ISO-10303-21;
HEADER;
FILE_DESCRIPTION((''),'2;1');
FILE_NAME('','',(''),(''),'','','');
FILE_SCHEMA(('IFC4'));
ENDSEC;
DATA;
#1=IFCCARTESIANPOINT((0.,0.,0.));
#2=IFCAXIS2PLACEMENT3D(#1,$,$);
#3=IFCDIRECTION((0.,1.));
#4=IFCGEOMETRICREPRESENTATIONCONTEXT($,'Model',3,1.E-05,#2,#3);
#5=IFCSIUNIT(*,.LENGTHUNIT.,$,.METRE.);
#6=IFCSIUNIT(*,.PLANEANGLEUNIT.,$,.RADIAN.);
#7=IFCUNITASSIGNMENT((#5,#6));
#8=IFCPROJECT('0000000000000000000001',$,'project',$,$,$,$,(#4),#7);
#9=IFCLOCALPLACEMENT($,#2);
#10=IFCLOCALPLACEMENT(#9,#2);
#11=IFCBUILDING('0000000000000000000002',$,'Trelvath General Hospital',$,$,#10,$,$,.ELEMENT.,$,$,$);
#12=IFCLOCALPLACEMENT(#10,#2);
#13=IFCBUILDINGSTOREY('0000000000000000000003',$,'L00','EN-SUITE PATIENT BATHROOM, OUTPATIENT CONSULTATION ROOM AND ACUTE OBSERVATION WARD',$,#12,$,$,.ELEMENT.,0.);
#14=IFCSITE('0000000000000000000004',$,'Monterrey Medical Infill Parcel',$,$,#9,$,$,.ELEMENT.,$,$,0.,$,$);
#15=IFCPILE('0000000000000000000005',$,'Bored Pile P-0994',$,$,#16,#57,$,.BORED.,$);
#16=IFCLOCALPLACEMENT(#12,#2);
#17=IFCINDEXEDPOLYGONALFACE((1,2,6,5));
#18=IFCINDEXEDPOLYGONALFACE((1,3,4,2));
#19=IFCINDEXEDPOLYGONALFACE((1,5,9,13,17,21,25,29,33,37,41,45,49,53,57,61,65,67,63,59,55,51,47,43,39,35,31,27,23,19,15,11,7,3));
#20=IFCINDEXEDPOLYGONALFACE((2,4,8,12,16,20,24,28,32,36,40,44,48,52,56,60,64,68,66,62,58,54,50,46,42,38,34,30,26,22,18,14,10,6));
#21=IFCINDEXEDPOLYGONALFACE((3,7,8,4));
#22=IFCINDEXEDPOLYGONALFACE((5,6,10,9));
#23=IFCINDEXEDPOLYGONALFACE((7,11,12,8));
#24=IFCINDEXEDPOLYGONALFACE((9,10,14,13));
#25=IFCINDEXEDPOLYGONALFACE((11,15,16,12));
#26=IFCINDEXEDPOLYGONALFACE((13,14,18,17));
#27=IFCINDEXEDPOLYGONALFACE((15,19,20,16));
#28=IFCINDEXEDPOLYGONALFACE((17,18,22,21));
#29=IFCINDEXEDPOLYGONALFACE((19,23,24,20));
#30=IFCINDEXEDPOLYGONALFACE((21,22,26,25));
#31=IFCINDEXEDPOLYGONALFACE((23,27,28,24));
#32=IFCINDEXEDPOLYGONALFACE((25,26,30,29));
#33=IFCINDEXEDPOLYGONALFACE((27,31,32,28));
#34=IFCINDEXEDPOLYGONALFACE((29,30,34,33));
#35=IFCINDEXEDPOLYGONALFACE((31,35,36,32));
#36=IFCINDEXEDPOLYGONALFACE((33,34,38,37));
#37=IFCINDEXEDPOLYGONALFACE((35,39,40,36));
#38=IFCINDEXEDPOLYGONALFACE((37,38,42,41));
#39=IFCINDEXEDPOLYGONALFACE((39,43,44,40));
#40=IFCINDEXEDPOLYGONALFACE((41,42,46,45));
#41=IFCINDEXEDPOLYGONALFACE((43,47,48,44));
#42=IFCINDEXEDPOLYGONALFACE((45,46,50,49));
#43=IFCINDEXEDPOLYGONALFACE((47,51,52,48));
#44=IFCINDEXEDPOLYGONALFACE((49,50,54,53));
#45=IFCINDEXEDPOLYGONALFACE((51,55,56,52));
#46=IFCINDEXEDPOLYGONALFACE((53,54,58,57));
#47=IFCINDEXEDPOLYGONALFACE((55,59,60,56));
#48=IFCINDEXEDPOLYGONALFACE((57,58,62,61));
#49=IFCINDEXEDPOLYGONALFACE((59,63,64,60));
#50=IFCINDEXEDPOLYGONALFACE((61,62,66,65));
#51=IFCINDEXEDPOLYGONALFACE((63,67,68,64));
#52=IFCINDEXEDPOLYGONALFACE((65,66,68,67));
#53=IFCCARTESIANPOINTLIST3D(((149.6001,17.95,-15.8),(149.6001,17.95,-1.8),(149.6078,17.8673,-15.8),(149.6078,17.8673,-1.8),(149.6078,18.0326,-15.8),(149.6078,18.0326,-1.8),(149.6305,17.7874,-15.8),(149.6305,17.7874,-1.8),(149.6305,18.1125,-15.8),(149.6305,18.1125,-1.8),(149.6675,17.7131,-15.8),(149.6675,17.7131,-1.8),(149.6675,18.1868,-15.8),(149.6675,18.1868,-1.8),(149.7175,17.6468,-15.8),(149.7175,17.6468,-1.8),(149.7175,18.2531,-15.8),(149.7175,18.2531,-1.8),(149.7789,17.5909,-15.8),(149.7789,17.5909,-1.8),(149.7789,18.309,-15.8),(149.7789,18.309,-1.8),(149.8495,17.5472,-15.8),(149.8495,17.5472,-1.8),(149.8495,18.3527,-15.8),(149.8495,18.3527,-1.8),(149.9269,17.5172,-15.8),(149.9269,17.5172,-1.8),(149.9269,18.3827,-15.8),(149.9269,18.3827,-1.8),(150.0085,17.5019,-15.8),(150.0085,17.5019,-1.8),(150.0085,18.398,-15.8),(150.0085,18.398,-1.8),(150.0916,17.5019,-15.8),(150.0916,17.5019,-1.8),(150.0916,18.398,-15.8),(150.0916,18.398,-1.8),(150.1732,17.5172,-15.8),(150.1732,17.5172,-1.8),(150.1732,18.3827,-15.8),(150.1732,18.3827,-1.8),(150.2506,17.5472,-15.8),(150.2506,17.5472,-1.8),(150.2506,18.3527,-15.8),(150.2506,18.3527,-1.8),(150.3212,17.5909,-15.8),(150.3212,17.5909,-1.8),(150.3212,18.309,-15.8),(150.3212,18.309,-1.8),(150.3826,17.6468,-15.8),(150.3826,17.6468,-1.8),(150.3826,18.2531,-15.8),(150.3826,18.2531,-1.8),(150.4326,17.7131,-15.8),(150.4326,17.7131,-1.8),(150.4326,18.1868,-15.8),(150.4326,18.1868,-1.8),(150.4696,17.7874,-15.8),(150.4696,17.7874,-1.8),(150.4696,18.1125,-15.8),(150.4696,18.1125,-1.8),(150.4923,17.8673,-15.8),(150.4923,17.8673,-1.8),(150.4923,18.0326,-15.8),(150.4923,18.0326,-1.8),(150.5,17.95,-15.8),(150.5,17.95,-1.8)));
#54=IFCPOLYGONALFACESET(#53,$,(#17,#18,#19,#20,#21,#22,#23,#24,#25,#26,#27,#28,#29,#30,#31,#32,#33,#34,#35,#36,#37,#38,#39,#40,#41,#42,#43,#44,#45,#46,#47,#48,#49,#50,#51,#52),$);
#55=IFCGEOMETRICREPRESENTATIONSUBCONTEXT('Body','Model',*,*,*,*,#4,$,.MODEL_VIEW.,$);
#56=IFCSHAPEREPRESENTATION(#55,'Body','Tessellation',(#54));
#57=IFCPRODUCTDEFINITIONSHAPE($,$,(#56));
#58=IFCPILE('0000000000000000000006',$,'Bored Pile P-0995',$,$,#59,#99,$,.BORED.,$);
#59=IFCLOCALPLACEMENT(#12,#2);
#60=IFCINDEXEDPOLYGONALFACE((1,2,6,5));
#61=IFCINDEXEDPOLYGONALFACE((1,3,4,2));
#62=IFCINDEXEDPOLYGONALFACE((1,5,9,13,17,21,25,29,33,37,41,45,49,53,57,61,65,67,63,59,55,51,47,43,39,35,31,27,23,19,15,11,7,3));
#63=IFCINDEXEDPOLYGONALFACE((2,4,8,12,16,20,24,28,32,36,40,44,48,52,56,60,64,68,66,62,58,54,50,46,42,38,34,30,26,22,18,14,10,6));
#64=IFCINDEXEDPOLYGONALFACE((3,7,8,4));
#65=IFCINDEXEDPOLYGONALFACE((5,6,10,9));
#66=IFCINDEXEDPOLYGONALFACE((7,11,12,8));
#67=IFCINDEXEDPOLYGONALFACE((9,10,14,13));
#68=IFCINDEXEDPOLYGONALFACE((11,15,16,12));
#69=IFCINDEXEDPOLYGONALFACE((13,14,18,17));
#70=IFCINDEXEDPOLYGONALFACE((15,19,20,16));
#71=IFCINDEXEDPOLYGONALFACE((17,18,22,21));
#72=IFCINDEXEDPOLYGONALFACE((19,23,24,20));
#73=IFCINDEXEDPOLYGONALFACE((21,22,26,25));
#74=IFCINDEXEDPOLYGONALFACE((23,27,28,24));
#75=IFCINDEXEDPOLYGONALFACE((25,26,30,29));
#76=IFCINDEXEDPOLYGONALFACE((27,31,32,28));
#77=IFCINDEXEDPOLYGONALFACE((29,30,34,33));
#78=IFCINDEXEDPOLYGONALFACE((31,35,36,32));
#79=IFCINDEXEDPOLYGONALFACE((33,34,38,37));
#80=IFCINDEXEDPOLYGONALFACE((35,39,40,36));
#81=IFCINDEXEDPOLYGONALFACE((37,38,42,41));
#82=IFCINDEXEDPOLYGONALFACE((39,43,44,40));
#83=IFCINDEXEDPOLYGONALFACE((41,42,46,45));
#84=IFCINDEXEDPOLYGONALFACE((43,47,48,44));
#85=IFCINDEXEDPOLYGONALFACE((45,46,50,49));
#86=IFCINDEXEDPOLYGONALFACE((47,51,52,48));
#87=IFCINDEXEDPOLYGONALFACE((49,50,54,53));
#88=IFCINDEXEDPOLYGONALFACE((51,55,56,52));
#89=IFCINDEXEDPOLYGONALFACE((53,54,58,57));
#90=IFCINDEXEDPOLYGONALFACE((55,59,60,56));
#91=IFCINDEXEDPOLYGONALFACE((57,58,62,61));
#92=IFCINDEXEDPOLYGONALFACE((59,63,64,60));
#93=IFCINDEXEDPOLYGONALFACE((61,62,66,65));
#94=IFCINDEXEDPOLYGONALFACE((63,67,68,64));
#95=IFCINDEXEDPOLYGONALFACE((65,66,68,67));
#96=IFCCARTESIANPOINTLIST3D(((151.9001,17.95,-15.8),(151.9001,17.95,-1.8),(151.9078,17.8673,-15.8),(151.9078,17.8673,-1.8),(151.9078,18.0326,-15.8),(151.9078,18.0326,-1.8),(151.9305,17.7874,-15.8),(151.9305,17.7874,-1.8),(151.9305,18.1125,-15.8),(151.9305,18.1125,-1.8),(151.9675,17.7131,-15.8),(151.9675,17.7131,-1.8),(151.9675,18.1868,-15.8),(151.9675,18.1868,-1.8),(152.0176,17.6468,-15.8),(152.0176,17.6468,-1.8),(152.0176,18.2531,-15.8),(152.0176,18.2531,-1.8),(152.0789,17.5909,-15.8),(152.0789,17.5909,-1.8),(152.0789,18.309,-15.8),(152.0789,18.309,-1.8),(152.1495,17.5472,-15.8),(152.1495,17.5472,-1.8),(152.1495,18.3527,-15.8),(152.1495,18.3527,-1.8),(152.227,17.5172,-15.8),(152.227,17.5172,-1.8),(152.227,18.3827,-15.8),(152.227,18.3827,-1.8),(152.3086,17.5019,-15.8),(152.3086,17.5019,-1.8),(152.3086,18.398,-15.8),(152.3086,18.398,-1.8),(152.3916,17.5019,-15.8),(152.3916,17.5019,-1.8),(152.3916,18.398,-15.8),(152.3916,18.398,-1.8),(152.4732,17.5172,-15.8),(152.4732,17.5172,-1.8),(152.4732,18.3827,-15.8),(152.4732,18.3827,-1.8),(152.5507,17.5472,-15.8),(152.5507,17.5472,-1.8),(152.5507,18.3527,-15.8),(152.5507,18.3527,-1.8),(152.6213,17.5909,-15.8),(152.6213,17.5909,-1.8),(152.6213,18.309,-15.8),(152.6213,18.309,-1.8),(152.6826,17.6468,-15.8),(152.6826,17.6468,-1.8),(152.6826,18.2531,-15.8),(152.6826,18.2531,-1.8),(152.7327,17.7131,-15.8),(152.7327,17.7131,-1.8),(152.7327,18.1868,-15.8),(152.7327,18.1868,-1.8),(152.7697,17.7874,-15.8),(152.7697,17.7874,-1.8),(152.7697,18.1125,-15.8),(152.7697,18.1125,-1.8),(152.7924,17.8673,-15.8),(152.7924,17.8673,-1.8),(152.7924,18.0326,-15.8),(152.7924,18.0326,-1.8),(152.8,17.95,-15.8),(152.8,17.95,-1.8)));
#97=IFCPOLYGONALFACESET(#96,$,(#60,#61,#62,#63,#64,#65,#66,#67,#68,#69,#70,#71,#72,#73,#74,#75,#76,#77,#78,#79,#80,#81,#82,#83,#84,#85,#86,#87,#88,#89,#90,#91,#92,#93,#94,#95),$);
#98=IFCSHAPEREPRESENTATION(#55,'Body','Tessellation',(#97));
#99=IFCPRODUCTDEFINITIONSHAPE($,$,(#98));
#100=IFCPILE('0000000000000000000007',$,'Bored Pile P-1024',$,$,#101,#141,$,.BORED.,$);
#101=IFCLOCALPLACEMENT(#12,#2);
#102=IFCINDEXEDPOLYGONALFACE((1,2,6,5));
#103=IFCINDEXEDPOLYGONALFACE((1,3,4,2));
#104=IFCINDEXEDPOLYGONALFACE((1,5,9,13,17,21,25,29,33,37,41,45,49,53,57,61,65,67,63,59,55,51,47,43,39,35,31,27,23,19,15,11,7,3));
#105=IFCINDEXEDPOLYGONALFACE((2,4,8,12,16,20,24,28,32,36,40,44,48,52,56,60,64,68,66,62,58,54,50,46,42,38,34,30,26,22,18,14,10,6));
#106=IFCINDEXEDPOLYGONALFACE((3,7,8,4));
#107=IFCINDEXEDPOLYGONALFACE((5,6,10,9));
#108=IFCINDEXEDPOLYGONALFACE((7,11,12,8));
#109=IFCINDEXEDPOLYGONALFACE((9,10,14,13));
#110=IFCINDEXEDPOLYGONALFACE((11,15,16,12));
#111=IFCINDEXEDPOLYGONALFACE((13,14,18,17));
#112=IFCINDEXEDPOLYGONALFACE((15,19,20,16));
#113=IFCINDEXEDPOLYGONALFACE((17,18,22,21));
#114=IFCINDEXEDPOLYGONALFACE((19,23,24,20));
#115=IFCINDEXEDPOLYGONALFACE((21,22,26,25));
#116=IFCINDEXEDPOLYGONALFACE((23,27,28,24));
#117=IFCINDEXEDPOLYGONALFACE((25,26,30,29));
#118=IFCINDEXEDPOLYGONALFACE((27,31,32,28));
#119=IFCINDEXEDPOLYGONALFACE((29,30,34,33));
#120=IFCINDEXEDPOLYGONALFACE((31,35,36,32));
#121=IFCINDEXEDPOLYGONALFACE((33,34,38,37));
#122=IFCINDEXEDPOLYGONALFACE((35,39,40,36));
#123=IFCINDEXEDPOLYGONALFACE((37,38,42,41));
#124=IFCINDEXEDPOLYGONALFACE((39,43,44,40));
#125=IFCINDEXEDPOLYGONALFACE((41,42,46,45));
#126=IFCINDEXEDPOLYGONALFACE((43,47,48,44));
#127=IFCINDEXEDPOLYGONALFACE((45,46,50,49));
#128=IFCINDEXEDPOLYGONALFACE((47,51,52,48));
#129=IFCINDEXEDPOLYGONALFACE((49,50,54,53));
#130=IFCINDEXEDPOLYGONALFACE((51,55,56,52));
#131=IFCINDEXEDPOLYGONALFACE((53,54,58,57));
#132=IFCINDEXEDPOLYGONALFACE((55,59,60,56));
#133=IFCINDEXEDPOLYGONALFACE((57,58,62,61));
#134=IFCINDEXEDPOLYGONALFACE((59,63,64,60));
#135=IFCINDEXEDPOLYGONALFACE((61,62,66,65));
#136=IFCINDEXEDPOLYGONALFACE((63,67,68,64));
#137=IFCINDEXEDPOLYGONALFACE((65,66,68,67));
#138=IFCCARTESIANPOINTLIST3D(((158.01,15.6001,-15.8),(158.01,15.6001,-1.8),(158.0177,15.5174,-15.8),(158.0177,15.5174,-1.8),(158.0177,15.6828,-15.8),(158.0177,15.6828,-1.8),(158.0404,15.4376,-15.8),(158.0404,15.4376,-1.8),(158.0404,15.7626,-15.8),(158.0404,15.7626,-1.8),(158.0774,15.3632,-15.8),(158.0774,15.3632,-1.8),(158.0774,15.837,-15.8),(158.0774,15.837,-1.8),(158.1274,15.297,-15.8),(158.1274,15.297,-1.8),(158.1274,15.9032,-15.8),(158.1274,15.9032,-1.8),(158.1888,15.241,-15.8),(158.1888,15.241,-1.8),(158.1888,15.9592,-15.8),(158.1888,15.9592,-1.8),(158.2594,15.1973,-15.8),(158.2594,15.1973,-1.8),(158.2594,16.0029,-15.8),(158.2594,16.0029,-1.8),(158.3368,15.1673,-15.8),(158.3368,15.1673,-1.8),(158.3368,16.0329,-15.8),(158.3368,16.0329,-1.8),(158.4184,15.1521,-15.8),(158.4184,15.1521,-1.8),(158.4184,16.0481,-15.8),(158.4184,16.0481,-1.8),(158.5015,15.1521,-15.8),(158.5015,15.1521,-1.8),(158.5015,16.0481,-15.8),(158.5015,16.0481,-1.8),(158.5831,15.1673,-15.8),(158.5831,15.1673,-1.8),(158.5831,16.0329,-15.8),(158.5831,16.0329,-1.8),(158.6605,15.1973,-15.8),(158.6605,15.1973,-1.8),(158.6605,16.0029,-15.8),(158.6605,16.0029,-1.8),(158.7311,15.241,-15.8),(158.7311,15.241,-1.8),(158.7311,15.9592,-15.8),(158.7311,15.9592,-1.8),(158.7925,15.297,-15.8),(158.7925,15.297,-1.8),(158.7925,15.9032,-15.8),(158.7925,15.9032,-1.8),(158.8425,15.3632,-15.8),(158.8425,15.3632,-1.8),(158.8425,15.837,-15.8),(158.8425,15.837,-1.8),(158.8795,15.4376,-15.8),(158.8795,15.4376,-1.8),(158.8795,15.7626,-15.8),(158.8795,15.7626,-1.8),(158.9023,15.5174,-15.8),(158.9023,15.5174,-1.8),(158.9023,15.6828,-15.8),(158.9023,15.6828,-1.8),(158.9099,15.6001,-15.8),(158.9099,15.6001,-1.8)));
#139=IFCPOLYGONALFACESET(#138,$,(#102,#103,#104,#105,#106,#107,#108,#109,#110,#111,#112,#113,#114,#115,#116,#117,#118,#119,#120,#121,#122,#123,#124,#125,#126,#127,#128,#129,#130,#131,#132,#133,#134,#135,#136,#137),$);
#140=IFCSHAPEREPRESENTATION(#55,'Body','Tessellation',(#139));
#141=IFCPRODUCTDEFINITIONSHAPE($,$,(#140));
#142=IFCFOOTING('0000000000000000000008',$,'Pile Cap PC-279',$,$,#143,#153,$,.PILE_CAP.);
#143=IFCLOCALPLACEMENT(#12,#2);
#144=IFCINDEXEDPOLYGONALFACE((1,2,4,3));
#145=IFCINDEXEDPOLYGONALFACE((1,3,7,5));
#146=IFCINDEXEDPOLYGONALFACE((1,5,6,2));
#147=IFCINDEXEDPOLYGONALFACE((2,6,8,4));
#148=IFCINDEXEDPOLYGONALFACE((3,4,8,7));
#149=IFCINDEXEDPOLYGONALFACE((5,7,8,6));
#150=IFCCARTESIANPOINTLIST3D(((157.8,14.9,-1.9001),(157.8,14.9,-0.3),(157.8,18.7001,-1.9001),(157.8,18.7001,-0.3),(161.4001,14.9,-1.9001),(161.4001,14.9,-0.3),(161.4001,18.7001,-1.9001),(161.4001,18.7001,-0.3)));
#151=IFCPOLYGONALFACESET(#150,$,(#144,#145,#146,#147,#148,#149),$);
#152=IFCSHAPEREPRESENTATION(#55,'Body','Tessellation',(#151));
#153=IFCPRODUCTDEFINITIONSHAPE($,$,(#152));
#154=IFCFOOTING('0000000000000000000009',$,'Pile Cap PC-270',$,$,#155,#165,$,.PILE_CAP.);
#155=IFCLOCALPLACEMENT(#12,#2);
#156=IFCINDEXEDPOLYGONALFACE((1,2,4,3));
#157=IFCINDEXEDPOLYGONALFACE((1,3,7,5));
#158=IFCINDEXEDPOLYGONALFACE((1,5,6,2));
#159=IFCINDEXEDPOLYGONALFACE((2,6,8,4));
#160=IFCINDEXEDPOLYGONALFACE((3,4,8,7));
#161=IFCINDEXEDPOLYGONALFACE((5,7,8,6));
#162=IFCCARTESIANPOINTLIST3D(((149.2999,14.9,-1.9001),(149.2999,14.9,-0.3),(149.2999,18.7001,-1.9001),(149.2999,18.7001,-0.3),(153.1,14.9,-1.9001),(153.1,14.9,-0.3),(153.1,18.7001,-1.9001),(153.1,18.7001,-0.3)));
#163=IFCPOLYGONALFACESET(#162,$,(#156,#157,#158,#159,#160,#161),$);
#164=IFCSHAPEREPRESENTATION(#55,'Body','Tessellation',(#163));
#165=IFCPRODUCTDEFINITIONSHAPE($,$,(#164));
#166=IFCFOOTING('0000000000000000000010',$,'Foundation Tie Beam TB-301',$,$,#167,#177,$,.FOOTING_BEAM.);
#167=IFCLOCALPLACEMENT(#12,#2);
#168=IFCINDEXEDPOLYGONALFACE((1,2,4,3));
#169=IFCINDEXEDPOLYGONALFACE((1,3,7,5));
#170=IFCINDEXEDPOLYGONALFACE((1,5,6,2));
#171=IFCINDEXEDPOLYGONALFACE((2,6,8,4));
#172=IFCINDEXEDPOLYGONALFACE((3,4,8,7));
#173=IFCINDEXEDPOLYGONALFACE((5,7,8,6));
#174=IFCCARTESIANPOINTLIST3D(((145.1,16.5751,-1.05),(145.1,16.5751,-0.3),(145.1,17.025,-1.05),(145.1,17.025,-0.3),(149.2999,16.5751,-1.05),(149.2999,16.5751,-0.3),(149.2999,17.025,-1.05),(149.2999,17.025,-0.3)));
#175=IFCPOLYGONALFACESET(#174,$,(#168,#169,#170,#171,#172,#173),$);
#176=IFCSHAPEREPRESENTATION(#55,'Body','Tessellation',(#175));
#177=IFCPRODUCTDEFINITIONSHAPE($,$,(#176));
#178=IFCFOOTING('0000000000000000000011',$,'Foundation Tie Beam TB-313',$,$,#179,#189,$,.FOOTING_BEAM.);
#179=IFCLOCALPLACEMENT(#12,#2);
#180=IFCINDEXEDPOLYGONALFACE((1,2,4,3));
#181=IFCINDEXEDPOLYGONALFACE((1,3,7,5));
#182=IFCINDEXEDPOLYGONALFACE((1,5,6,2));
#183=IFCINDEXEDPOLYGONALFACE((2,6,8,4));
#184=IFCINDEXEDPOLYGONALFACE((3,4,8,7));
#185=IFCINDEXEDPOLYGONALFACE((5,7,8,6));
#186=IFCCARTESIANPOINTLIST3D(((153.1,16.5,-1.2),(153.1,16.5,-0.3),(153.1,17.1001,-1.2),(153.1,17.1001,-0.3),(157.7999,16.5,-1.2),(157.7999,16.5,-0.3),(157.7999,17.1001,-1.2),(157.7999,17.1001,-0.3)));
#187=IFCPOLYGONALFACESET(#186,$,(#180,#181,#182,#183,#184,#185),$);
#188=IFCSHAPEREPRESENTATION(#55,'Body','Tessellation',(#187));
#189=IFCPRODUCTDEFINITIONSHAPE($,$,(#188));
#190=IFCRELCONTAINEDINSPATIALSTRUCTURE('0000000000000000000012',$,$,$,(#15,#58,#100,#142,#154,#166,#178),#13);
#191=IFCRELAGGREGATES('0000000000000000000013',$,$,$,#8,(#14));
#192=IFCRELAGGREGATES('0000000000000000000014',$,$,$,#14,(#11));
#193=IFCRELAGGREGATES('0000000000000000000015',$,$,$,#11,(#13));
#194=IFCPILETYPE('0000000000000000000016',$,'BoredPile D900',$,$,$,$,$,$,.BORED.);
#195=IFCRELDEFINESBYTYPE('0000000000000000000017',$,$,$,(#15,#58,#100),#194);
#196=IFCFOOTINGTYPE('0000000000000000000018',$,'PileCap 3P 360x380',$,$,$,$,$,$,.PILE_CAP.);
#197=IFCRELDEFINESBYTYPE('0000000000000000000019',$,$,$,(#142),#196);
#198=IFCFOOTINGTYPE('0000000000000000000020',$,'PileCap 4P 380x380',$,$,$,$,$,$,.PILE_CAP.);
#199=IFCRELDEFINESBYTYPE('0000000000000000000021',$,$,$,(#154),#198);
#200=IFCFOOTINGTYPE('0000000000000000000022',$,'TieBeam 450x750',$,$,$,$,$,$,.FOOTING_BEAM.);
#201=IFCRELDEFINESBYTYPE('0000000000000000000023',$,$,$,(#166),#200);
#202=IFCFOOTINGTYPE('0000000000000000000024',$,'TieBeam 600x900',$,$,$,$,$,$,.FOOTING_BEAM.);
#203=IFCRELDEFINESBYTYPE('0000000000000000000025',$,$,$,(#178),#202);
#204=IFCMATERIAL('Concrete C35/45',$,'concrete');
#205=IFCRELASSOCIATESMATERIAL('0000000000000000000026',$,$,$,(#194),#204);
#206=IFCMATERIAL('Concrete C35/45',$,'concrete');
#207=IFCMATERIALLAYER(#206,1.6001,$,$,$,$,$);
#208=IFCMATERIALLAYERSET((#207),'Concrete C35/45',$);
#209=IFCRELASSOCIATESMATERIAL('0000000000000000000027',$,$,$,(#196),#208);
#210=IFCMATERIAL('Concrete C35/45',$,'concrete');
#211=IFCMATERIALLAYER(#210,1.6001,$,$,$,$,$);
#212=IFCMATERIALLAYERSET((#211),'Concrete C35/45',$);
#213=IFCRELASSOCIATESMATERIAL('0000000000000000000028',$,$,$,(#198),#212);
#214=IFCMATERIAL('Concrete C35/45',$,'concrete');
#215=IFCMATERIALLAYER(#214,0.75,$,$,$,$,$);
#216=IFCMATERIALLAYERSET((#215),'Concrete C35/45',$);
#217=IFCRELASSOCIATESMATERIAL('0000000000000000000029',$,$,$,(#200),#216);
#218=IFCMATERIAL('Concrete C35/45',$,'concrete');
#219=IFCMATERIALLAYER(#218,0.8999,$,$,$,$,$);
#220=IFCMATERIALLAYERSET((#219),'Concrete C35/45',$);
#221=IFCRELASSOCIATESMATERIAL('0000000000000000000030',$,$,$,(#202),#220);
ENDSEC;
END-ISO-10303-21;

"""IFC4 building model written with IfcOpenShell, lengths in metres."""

from ifc_helpers import new_model, si_unit, direction, frame, origin, origin_2d, place, context, subcontext, project, spatial, rectangle, circle, extrude, material, layer, layer_set, material_profile, profile_set, type_object, element, save


model = new_model("IFC4")

# Units and contexts
model_context = context("Model", 3, precision=1e-05, world=origin(), true_north=direction((0.0, 1.0)))
body_context = subcontext(model_context, "Body", "Model", "MODEL_VIEW")
ifc_project = project(units=[si_unit("LENGTHUNIT", "METRE"), si_unit("PLANEANGLEUNIT", "RADIAN")], contexts=[model_context])

# Site, building, storey
site_placement = place(None, origin())
site = spatial("IfcSite", under=ifc_project, at=site_placement, Name="Monterrey Medical Infill Parcel", CompositionType="ELEMENT", RefElevation=0.0)
building_placement = place(site_placement, origin())
building = spatial("IfcBuilding", under=site, at=building_placement, Name="Trelvath General Hospital", CompositionType="ELEMENT")
storey_placement = place(building_placement, origin())
storey = spatial("IfcBuildingStorey", under=building, at=storey_placement, Name="L00", Description="EN-SUITE PATIENT BATHROOM, OUTPATIENT CONSULTATION ROOM AND ACUTE OBSERVATION WARD", CompositionType="ELEMENT", Elevation=0.0)

# Piles
ifc_material_1 = material(Name="Concrete C35/45", Category="concrete")
ifc_material_profile_1 = material_profile(ifc_material_1, circle(Radius=0.45, at=origin_2d()), Name="PILE900")
ifc_profile_set_1 = profile_set([ifc_material_profile_1], Name="Concrete C35/45")
pile_type_1 = type_object("IfcPileType", Name="BoredPile D900", PredefinedType="BORED", material=ifc_profile_set_1)
for number, where, z_axis, x_axis, name in (
    (1, (150.05, 17.95, -1.8), (0.0, 0.0, -1.0), (1.0, 0.0, 0.0), "Bored Pile P-0994"),
    (2, (152.3501, 17.95, -1.8), (0.0, 0.0, -1.0), (1.0, 0.0, 0.0), "Bored Pile P-0995"),
    (3, (158.46, 15.6001, -1.8), (0.0, 0.0, -1.0), (1.0, 0.0, 0.0), "Bored Pile P-1024"),
):
    element("IfcPile", number, at=place(storey_placement, frame(where, z_axis=z_axis, x_axis=x_axis)), inside=storey, type_object=pile_type_1, Name=name, PredefinedType="BORED", context=body_context, shape_type="SweptSolid", body=[
        extrude(circle(Radius=0.45, at=origin_2d()), origin(), (0.0, 0.0, 1.0), 14.0),
    ])

# Footings
ifc_material_2 = material(Name="Concrete C35/45", Category="concrete")
ifc_layer_1 = layer(ifc_material_2, 1.6001)
ifc_layer_set_1 = layer_set([ifc_layer_1], Name="Concrete C35/45")
footing_type_1 = type_object("IfcFootingType", Name="PileCap 3P 360x380", PredefinedType="PILE_CAP", material=ifc_layer_set_1)
footing_1_placement = place(storey_placement, frame((159.6001, 16.8, -1.9001), z_axis=(0.0, 0.0, 1.0), x_axis=(1.0, 0.0, 0.0)))
element("IfcFooting", 4, at=footing_1_placement, inside=storey, type_object=footing_type_1, Name="Pile Cap PC-279", PredefinedType="PILE_CAP", context=body_context, shape_type="SweptSolid", body=[
    extrude(rectangle(XDim=3.6001, YDim=3.8, at=origin_2d()), origin(), (0.0, 0.0, 1.0), 1.6001),
])
ifc_material_3 = material(Name="Concrete C35/45", Category="concrete")
ifc_layer_2 = layer(ifc_material_3, 1.6001)
ifc_layer_set_2 = layer_set([ifc_layer_2], Name="Concrete C35/45")
footing_type_2 = type_object("IfcFootingType", Name="PileCap 4P 380x380", PredefinedType="PILE_CAP", material=ifc_layer_set_2)
footing_2_placement = place(storey_placement, frame((151.2, 16.8, -1.9001), z_axis=(0.0, 0.0, 1.0), x_axis=(1.0, 0.0, 0.0)))
element("IfcFooting", 5, at=footing_2_placement, inside=storey, type_object=footing_type_2, Name="Pile Cap PC-270", PredefinedType="PILE_CAP", context=body_context, shape_type="SweptSolid", body=[
    extrude(rectangle(XDim=3.8, YDim=3.8, at=origin_2d()), origin(), (0.0, 0.0, 1.0), 1.6001),
])
ifc_material_4 = material(Name="Concrete C35/45", Category="concrete")
ifc_layer_3 = layer(ifc_material_4, 0.75)
ifc_layer_set_3 = layer_set([ifc_layer_3], Name="Concrete C35/45")
footing_type_3 = type_object("IfcFootingType", Name="TieBeam 450x750", PredefinedType="FOOTING_BEAM", material=ifc_layer_set_3)
footing_3_placement = place(storey_placement, frame((147.2, 16.8, -1.05), z_axis=(0.0, 0.0, 1.0), x_axis=(1.0, 0.0, 0.0)))
element("IfcFooting", 6, at=footing_3_placement, inside=storey, type_object=footing_type_3, Name="Foundation Tie Beam TB-301", PredefinedType="FOOTING_BEAM", context=body_context, shape_type="SweptSolid", body=[
    extrude(rectangle(XDim=4.2, YDim=0.45, at=origin_2d()), origin(), (0.0, 0.0, 1.0), 0.75),
])
ifc_material_5 = material(Name="Concrete C35/45", Category="concrete")
ifc_layer_4 = layer(ifc_material_5, 0.8999)
ifc_layer_set_4 = layer_set([ifc_layer_4], Name="Concrete C35/45")
footing_type_4 = type_object("IfcFootingType", Name="TieBeam 600x900", PredefinedType="FOOTING_BEAM", material=ifc_layer_set_4)
footing_4_placement = place(storey_placement, frame((155.45, 16.8, -1.2), z_axis=(0.0, 0.0, 1.0), x_axis=(1.0, 0.0, 0.0)))
element("IfcFooting", 7, at=footing_4_placement, inside=storey, type_object=footing_type_4, Name="Foundation Tie Beam TB-313", PredefinedType="FOOTING_BEAM", context=body_context, shape_type="SweptSolid", body=[
    extrude(rectangle(XDim=4.7, YDim=0.6001, at=origin_2d()), origin(), (0.0, 0.0, 1.0), 0.8999),
])

save(model, "model.ifc")
